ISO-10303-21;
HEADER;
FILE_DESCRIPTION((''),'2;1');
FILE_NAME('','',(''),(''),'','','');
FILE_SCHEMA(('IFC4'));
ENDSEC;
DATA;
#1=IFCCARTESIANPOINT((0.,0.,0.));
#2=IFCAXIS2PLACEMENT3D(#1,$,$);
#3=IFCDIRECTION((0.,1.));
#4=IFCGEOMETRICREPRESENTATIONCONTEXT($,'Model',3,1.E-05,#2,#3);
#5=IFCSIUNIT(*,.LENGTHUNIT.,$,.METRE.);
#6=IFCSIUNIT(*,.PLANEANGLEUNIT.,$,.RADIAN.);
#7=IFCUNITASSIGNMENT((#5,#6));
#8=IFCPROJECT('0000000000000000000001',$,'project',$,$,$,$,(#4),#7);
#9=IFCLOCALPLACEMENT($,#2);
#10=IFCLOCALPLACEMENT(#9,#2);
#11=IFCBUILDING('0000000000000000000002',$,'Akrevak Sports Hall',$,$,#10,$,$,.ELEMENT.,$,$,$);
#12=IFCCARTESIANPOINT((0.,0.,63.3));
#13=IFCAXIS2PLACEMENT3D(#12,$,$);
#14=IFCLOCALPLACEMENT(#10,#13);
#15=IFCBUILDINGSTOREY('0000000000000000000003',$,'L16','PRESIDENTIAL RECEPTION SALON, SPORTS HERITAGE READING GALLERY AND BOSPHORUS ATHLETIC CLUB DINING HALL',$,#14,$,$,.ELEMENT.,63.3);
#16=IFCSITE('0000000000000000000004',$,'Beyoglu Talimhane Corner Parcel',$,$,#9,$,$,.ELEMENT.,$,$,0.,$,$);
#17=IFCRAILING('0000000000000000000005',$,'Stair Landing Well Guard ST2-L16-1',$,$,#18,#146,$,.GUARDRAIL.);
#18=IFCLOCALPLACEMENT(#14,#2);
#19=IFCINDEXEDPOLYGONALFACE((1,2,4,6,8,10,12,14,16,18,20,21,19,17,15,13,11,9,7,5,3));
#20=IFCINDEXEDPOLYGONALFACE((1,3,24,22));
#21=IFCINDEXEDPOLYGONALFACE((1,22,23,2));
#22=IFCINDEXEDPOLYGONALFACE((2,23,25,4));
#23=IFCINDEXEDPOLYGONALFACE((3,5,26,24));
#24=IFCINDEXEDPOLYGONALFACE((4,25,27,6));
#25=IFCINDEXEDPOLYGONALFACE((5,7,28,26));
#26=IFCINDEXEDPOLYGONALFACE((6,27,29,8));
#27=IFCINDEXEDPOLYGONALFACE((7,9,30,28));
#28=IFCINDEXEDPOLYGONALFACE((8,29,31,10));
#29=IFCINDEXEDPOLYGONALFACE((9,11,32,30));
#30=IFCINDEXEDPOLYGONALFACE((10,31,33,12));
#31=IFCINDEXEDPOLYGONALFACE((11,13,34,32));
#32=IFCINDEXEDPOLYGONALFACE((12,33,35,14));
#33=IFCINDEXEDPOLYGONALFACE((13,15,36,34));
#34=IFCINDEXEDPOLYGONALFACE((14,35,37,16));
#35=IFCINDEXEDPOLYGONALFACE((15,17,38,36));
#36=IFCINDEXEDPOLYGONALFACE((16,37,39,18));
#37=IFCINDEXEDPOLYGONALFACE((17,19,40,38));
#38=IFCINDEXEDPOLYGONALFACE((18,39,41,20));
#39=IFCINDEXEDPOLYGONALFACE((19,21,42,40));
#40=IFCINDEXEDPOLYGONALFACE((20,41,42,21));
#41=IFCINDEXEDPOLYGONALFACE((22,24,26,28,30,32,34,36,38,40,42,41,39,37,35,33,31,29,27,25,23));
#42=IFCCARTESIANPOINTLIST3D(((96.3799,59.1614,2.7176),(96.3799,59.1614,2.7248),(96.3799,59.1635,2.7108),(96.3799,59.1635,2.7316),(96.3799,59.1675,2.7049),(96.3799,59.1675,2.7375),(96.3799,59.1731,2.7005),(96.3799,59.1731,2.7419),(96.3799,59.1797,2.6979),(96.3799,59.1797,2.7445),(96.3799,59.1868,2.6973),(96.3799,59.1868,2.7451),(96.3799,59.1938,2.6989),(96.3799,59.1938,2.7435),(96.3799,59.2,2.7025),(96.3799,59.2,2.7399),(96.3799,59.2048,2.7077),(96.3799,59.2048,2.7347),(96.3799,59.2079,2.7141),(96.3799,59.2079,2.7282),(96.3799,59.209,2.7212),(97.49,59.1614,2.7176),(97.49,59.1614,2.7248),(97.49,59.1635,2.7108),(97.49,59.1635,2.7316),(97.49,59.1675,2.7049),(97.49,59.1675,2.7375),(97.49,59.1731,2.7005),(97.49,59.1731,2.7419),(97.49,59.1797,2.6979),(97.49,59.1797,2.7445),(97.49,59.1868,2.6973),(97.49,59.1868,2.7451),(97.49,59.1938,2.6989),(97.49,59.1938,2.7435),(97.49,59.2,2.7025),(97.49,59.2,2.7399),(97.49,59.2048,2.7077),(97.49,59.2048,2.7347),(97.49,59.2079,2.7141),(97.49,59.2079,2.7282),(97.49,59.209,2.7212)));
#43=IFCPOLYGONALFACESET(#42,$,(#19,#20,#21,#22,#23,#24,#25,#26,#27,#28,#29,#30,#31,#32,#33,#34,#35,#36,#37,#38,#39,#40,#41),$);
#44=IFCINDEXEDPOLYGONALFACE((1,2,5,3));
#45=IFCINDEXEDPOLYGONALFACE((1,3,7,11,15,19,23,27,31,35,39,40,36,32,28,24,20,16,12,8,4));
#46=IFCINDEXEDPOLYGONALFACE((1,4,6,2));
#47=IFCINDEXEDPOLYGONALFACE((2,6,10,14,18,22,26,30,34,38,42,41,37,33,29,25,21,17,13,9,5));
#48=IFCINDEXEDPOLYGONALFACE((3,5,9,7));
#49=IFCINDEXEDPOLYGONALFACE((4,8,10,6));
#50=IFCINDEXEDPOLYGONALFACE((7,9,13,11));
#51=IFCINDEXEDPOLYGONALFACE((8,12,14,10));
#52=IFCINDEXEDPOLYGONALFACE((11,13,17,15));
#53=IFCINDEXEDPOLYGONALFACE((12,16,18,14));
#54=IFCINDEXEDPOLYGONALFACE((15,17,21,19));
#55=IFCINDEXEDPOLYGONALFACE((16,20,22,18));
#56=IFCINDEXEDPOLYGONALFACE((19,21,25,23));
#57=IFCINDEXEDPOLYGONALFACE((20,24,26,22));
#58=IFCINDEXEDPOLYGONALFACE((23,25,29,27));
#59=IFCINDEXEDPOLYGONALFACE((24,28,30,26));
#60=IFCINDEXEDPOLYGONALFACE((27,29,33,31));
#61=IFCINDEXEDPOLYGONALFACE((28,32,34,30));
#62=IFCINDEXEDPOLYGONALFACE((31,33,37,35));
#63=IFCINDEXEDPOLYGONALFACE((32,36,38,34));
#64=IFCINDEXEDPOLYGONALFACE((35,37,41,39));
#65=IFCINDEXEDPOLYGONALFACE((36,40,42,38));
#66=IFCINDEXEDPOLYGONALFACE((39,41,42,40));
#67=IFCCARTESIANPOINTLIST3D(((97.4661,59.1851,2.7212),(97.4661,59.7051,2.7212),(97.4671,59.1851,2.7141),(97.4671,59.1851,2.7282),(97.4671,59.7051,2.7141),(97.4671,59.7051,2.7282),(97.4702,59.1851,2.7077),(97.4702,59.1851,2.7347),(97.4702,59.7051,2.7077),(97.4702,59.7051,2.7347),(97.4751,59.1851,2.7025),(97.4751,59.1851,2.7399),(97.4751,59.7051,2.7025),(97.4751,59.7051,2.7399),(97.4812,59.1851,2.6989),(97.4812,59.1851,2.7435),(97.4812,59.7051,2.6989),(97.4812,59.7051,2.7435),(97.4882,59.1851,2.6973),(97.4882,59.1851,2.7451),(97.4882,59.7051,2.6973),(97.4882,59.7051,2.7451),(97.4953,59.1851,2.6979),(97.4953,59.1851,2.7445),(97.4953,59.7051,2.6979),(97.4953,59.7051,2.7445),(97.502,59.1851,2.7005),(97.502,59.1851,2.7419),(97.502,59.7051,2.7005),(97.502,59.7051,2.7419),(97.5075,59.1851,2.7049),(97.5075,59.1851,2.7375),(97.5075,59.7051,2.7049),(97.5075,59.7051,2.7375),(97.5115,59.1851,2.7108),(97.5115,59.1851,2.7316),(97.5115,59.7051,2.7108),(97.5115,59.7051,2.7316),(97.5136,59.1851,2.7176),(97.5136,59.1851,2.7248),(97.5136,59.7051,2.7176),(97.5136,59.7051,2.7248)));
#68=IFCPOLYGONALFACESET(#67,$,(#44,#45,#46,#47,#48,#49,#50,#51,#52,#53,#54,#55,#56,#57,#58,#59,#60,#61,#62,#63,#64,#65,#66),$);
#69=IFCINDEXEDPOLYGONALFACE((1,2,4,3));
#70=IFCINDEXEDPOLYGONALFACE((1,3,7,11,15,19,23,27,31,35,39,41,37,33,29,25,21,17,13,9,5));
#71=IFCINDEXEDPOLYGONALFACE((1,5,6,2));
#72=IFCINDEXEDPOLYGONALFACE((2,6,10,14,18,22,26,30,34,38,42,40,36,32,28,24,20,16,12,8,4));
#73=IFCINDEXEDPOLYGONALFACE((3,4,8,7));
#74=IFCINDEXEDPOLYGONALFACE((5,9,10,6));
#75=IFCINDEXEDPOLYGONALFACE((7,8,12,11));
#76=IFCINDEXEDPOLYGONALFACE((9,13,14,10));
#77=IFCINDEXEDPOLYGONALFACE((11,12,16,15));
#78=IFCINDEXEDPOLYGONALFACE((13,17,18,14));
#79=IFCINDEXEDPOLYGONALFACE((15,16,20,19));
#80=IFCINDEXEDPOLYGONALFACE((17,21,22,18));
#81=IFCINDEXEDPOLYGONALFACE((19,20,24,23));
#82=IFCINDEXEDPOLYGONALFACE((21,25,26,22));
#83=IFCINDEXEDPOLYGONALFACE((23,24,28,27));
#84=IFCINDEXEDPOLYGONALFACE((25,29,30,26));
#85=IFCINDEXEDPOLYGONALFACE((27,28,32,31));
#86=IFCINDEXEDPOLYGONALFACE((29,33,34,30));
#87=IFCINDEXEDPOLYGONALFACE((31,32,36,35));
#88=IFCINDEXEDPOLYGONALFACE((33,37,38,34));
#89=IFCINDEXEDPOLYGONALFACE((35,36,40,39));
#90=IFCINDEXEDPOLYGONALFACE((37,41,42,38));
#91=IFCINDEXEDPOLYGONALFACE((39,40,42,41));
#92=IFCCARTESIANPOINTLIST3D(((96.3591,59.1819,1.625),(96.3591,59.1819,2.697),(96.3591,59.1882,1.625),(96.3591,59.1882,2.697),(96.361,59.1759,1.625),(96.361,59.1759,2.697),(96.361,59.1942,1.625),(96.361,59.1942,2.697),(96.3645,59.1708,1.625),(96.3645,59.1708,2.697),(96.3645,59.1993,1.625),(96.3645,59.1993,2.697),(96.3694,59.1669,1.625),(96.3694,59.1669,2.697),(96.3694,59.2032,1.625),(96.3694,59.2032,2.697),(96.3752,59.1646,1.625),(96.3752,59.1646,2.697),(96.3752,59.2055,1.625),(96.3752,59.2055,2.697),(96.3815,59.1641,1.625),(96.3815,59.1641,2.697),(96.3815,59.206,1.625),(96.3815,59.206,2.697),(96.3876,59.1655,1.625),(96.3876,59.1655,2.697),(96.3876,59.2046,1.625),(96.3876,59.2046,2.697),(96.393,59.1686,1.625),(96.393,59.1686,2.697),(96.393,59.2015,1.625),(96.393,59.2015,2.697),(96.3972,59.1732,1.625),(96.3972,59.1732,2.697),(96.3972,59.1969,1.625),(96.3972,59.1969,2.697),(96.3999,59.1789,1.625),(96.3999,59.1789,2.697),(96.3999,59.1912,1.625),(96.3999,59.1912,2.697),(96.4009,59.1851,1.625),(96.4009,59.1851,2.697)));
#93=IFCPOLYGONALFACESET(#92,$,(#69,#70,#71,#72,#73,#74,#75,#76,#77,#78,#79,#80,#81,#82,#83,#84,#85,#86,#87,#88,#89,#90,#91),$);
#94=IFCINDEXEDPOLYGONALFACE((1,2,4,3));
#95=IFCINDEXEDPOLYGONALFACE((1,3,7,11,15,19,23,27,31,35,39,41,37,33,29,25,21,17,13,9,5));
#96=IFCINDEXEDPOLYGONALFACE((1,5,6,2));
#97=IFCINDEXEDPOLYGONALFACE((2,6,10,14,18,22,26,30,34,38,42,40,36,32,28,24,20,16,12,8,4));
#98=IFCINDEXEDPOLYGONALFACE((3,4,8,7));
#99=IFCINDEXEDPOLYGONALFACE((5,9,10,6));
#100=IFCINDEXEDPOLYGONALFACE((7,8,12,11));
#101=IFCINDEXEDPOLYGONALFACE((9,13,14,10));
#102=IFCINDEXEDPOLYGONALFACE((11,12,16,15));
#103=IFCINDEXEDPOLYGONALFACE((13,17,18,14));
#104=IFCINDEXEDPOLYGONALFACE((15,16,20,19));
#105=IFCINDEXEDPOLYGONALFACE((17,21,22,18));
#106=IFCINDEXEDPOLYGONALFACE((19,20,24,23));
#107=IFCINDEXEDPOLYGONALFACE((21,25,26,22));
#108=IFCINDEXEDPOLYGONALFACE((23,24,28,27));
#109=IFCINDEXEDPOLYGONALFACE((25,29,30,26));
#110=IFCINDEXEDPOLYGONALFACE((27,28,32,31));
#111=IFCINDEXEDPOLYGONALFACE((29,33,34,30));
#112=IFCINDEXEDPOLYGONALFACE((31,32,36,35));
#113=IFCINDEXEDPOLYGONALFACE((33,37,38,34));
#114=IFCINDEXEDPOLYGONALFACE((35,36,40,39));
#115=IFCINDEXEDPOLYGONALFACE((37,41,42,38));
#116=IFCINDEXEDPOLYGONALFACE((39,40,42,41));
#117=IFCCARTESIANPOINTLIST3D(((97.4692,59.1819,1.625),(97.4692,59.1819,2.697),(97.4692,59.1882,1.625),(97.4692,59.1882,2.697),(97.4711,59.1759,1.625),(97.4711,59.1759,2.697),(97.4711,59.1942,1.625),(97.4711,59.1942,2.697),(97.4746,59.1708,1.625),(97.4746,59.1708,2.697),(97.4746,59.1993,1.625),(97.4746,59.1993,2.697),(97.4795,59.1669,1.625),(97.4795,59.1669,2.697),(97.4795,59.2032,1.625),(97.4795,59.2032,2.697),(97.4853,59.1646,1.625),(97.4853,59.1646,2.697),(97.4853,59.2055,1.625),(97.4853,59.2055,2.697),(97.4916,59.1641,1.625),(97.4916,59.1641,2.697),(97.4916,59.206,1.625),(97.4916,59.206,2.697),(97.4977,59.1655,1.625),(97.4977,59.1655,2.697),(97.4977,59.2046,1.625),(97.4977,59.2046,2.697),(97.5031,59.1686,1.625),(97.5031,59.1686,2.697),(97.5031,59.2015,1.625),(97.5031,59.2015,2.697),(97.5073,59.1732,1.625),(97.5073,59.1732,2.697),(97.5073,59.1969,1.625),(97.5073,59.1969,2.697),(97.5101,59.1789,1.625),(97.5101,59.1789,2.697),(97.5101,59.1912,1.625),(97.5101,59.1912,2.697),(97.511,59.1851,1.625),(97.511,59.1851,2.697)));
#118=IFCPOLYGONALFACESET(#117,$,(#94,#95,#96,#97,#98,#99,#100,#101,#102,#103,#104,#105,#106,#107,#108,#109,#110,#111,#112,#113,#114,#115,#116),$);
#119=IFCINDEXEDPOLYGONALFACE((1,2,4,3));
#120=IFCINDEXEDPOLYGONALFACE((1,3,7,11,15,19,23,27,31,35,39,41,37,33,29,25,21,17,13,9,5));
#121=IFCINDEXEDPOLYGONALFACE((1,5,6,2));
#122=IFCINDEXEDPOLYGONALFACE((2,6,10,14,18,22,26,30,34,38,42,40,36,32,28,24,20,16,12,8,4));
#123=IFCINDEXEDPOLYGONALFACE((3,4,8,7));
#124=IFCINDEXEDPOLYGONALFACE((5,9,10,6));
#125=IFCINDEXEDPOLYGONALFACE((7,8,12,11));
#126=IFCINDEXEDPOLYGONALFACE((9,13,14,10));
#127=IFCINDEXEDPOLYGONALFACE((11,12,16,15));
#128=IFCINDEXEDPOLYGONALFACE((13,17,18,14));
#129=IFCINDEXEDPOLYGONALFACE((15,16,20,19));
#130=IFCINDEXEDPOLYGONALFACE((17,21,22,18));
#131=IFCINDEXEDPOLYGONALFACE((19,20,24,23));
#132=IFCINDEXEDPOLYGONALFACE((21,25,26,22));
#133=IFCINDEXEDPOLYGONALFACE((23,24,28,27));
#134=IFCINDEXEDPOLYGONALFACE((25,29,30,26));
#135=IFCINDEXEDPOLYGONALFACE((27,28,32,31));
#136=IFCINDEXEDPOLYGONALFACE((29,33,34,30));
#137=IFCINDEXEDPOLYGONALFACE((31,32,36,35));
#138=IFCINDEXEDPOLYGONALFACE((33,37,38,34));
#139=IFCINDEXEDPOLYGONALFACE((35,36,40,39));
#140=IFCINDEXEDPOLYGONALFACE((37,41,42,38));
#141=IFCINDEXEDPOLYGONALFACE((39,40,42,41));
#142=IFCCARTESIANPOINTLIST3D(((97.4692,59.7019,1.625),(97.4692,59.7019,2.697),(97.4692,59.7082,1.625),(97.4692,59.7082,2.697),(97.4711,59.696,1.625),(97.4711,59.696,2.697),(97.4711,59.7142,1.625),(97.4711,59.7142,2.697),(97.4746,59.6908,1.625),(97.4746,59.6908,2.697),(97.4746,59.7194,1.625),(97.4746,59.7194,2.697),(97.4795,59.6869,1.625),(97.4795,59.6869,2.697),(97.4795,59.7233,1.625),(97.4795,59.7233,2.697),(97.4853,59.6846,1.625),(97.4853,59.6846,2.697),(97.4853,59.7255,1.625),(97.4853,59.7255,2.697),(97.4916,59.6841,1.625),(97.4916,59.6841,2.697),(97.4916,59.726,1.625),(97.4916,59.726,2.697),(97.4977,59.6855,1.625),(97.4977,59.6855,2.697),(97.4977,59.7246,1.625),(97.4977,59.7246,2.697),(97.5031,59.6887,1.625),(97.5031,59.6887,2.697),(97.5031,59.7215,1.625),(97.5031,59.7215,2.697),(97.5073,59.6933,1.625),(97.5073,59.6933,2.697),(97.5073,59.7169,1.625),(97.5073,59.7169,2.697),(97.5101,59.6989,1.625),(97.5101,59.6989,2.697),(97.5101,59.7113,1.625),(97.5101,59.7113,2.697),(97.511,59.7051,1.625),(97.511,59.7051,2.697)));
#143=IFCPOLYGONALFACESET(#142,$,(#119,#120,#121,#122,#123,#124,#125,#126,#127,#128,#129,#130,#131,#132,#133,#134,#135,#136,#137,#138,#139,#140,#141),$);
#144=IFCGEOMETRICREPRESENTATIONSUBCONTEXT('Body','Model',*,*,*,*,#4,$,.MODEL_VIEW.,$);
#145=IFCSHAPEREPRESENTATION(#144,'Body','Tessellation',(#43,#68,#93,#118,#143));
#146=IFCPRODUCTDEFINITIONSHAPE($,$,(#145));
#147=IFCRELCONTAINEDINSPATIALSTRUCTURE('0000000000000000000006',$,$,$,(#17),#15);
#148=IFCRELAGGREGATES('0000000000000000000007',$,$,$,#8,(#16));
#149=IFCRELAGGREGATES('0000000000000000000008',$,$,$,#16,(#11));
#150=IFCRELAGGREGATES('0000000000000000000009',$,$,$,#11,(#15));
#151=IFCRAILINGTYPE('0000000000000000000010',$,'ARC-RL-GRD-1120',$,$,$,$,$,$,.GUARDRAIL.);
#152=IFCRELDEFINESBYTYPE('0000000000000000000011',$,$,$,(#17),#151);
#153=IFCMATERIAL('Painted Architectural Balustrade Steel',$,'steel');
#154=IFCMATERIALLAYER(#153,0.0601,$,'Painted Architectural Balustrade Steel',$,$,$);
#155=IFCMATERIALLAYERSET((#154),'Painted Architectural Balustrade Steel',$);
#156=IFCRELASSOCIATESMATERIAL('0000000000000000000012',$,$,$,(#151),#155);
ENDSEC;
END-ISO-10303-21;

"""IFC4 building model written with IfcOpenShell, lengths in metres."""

from ifc_helpers import new_model, si_unit, direction, frame, origin, origin_2d, place, context, subcontext, project, spatial, circle, extrude, material, layer, layer_set, type_object, element, save


model = new_model("IFC4")

# Units and contexts
model_context = context("Model", 3, precision=1e-05, world=origin(), true_north=direction((0.0, 1.0)))
body_context = subcontext(model_context, "Body", "Model", "MODEL_VIEW")
ifc_project = project(units=[si_unit("LENGTHUNIT", "METRE"), si_unit("PLANEANGLEUNIT", "RADIAN")], contexts=[model_context])

# Site, building, storey
site_placement = place(None, origin())
site = spatial("IfcSite", under=ifc_project, at=site_placement, Name="Beyoglu Talimhane Corner Parcel", CompositionType="ELEMENT", RefElevation=0.0)
building_placement = place(site_placement, origin())
building = spatial("IfcBuilding", under=site, at=building_placement, Name="Akrevak Sports Hall", CompositionType="ELEMENT")
storey_placement = place(building_placement, frame((0.0, 0.0, 63.3)))
storey = spatial("IfcBuildingStorey", under=building, at=storey_placement, Name="L16", Description="PRESIDENTIAL RECEPTION SALON, SPORTS HERITAGE READING GALLERY AND BOSPHORUS ATHLETIC CLUB DINING HALL", CompositionType="ELEMENT", Elevation=63.3)

# Railing
ifc_material_1 = material(Name="Painted Architectural Balustrade Steel", Category="steel")
ifc_layer_1 = layer(ifc_material_1, 0.0601, Name="Painted Architectural Balustrade Steel")
ifc_layer_set_1 = layer_set([ifc_layer_1], Name="Painted Architectural Balustrade Steel")
railing_type_1 = type_object("IfcRailingType", Name="ARC-RL-GRD-1120", PredefinedType="GUARDRAIL", material=ifc_layer_set_1)
railing_1_placement = place(storey_placement, frame((96.3799, 59.1851, 1.625)))
element("IfcRailing", 1, at=railing_1_placement, inside=storey, type_object=railing_type_1, Name="Stair Landing Well Guard ST2-L16-1", PredefinedType="GUARDRAIL", context=body_context, shape_type="SweptSolid", body=[
    extrude(circle(Radius=0.0239, at=origin_2d()), frame((0.0, 0.0, 1.0962), z_axis=(1.0, 0.0, 0.0), x_axis=(0.0, 1.0, 0.0)), (0.0, 0.0, 1.0), 1.1101),
    extrude(circle(Radius=0.0239, at=origin_2d()), frame((1.1101, 0.0, 1.0962), z_axis=(0.0, 1.0, 0.0), x_axis=(-1.0, 0.0, 0.0)), (0.0, 0.0, 1.0), 0.52),
    extrude(circle(Radius=0.021, at=origin_2d()), origin(), (0.0, 0.0, 1.0), 1.072),
    extrude(circle(Radius=0.021, at=origin_2d()), frame((1.1101, 0.0, 0.0)), (0.0, 0.0, 1.0), 1.072),
    extrude(circle(Radius=0.021, at=origin_2d()), frame((1.1101, 0.52, 0.0)), (0.0, 0.0, 1.0), 1.072),
])

save(model, "model.ifc")
